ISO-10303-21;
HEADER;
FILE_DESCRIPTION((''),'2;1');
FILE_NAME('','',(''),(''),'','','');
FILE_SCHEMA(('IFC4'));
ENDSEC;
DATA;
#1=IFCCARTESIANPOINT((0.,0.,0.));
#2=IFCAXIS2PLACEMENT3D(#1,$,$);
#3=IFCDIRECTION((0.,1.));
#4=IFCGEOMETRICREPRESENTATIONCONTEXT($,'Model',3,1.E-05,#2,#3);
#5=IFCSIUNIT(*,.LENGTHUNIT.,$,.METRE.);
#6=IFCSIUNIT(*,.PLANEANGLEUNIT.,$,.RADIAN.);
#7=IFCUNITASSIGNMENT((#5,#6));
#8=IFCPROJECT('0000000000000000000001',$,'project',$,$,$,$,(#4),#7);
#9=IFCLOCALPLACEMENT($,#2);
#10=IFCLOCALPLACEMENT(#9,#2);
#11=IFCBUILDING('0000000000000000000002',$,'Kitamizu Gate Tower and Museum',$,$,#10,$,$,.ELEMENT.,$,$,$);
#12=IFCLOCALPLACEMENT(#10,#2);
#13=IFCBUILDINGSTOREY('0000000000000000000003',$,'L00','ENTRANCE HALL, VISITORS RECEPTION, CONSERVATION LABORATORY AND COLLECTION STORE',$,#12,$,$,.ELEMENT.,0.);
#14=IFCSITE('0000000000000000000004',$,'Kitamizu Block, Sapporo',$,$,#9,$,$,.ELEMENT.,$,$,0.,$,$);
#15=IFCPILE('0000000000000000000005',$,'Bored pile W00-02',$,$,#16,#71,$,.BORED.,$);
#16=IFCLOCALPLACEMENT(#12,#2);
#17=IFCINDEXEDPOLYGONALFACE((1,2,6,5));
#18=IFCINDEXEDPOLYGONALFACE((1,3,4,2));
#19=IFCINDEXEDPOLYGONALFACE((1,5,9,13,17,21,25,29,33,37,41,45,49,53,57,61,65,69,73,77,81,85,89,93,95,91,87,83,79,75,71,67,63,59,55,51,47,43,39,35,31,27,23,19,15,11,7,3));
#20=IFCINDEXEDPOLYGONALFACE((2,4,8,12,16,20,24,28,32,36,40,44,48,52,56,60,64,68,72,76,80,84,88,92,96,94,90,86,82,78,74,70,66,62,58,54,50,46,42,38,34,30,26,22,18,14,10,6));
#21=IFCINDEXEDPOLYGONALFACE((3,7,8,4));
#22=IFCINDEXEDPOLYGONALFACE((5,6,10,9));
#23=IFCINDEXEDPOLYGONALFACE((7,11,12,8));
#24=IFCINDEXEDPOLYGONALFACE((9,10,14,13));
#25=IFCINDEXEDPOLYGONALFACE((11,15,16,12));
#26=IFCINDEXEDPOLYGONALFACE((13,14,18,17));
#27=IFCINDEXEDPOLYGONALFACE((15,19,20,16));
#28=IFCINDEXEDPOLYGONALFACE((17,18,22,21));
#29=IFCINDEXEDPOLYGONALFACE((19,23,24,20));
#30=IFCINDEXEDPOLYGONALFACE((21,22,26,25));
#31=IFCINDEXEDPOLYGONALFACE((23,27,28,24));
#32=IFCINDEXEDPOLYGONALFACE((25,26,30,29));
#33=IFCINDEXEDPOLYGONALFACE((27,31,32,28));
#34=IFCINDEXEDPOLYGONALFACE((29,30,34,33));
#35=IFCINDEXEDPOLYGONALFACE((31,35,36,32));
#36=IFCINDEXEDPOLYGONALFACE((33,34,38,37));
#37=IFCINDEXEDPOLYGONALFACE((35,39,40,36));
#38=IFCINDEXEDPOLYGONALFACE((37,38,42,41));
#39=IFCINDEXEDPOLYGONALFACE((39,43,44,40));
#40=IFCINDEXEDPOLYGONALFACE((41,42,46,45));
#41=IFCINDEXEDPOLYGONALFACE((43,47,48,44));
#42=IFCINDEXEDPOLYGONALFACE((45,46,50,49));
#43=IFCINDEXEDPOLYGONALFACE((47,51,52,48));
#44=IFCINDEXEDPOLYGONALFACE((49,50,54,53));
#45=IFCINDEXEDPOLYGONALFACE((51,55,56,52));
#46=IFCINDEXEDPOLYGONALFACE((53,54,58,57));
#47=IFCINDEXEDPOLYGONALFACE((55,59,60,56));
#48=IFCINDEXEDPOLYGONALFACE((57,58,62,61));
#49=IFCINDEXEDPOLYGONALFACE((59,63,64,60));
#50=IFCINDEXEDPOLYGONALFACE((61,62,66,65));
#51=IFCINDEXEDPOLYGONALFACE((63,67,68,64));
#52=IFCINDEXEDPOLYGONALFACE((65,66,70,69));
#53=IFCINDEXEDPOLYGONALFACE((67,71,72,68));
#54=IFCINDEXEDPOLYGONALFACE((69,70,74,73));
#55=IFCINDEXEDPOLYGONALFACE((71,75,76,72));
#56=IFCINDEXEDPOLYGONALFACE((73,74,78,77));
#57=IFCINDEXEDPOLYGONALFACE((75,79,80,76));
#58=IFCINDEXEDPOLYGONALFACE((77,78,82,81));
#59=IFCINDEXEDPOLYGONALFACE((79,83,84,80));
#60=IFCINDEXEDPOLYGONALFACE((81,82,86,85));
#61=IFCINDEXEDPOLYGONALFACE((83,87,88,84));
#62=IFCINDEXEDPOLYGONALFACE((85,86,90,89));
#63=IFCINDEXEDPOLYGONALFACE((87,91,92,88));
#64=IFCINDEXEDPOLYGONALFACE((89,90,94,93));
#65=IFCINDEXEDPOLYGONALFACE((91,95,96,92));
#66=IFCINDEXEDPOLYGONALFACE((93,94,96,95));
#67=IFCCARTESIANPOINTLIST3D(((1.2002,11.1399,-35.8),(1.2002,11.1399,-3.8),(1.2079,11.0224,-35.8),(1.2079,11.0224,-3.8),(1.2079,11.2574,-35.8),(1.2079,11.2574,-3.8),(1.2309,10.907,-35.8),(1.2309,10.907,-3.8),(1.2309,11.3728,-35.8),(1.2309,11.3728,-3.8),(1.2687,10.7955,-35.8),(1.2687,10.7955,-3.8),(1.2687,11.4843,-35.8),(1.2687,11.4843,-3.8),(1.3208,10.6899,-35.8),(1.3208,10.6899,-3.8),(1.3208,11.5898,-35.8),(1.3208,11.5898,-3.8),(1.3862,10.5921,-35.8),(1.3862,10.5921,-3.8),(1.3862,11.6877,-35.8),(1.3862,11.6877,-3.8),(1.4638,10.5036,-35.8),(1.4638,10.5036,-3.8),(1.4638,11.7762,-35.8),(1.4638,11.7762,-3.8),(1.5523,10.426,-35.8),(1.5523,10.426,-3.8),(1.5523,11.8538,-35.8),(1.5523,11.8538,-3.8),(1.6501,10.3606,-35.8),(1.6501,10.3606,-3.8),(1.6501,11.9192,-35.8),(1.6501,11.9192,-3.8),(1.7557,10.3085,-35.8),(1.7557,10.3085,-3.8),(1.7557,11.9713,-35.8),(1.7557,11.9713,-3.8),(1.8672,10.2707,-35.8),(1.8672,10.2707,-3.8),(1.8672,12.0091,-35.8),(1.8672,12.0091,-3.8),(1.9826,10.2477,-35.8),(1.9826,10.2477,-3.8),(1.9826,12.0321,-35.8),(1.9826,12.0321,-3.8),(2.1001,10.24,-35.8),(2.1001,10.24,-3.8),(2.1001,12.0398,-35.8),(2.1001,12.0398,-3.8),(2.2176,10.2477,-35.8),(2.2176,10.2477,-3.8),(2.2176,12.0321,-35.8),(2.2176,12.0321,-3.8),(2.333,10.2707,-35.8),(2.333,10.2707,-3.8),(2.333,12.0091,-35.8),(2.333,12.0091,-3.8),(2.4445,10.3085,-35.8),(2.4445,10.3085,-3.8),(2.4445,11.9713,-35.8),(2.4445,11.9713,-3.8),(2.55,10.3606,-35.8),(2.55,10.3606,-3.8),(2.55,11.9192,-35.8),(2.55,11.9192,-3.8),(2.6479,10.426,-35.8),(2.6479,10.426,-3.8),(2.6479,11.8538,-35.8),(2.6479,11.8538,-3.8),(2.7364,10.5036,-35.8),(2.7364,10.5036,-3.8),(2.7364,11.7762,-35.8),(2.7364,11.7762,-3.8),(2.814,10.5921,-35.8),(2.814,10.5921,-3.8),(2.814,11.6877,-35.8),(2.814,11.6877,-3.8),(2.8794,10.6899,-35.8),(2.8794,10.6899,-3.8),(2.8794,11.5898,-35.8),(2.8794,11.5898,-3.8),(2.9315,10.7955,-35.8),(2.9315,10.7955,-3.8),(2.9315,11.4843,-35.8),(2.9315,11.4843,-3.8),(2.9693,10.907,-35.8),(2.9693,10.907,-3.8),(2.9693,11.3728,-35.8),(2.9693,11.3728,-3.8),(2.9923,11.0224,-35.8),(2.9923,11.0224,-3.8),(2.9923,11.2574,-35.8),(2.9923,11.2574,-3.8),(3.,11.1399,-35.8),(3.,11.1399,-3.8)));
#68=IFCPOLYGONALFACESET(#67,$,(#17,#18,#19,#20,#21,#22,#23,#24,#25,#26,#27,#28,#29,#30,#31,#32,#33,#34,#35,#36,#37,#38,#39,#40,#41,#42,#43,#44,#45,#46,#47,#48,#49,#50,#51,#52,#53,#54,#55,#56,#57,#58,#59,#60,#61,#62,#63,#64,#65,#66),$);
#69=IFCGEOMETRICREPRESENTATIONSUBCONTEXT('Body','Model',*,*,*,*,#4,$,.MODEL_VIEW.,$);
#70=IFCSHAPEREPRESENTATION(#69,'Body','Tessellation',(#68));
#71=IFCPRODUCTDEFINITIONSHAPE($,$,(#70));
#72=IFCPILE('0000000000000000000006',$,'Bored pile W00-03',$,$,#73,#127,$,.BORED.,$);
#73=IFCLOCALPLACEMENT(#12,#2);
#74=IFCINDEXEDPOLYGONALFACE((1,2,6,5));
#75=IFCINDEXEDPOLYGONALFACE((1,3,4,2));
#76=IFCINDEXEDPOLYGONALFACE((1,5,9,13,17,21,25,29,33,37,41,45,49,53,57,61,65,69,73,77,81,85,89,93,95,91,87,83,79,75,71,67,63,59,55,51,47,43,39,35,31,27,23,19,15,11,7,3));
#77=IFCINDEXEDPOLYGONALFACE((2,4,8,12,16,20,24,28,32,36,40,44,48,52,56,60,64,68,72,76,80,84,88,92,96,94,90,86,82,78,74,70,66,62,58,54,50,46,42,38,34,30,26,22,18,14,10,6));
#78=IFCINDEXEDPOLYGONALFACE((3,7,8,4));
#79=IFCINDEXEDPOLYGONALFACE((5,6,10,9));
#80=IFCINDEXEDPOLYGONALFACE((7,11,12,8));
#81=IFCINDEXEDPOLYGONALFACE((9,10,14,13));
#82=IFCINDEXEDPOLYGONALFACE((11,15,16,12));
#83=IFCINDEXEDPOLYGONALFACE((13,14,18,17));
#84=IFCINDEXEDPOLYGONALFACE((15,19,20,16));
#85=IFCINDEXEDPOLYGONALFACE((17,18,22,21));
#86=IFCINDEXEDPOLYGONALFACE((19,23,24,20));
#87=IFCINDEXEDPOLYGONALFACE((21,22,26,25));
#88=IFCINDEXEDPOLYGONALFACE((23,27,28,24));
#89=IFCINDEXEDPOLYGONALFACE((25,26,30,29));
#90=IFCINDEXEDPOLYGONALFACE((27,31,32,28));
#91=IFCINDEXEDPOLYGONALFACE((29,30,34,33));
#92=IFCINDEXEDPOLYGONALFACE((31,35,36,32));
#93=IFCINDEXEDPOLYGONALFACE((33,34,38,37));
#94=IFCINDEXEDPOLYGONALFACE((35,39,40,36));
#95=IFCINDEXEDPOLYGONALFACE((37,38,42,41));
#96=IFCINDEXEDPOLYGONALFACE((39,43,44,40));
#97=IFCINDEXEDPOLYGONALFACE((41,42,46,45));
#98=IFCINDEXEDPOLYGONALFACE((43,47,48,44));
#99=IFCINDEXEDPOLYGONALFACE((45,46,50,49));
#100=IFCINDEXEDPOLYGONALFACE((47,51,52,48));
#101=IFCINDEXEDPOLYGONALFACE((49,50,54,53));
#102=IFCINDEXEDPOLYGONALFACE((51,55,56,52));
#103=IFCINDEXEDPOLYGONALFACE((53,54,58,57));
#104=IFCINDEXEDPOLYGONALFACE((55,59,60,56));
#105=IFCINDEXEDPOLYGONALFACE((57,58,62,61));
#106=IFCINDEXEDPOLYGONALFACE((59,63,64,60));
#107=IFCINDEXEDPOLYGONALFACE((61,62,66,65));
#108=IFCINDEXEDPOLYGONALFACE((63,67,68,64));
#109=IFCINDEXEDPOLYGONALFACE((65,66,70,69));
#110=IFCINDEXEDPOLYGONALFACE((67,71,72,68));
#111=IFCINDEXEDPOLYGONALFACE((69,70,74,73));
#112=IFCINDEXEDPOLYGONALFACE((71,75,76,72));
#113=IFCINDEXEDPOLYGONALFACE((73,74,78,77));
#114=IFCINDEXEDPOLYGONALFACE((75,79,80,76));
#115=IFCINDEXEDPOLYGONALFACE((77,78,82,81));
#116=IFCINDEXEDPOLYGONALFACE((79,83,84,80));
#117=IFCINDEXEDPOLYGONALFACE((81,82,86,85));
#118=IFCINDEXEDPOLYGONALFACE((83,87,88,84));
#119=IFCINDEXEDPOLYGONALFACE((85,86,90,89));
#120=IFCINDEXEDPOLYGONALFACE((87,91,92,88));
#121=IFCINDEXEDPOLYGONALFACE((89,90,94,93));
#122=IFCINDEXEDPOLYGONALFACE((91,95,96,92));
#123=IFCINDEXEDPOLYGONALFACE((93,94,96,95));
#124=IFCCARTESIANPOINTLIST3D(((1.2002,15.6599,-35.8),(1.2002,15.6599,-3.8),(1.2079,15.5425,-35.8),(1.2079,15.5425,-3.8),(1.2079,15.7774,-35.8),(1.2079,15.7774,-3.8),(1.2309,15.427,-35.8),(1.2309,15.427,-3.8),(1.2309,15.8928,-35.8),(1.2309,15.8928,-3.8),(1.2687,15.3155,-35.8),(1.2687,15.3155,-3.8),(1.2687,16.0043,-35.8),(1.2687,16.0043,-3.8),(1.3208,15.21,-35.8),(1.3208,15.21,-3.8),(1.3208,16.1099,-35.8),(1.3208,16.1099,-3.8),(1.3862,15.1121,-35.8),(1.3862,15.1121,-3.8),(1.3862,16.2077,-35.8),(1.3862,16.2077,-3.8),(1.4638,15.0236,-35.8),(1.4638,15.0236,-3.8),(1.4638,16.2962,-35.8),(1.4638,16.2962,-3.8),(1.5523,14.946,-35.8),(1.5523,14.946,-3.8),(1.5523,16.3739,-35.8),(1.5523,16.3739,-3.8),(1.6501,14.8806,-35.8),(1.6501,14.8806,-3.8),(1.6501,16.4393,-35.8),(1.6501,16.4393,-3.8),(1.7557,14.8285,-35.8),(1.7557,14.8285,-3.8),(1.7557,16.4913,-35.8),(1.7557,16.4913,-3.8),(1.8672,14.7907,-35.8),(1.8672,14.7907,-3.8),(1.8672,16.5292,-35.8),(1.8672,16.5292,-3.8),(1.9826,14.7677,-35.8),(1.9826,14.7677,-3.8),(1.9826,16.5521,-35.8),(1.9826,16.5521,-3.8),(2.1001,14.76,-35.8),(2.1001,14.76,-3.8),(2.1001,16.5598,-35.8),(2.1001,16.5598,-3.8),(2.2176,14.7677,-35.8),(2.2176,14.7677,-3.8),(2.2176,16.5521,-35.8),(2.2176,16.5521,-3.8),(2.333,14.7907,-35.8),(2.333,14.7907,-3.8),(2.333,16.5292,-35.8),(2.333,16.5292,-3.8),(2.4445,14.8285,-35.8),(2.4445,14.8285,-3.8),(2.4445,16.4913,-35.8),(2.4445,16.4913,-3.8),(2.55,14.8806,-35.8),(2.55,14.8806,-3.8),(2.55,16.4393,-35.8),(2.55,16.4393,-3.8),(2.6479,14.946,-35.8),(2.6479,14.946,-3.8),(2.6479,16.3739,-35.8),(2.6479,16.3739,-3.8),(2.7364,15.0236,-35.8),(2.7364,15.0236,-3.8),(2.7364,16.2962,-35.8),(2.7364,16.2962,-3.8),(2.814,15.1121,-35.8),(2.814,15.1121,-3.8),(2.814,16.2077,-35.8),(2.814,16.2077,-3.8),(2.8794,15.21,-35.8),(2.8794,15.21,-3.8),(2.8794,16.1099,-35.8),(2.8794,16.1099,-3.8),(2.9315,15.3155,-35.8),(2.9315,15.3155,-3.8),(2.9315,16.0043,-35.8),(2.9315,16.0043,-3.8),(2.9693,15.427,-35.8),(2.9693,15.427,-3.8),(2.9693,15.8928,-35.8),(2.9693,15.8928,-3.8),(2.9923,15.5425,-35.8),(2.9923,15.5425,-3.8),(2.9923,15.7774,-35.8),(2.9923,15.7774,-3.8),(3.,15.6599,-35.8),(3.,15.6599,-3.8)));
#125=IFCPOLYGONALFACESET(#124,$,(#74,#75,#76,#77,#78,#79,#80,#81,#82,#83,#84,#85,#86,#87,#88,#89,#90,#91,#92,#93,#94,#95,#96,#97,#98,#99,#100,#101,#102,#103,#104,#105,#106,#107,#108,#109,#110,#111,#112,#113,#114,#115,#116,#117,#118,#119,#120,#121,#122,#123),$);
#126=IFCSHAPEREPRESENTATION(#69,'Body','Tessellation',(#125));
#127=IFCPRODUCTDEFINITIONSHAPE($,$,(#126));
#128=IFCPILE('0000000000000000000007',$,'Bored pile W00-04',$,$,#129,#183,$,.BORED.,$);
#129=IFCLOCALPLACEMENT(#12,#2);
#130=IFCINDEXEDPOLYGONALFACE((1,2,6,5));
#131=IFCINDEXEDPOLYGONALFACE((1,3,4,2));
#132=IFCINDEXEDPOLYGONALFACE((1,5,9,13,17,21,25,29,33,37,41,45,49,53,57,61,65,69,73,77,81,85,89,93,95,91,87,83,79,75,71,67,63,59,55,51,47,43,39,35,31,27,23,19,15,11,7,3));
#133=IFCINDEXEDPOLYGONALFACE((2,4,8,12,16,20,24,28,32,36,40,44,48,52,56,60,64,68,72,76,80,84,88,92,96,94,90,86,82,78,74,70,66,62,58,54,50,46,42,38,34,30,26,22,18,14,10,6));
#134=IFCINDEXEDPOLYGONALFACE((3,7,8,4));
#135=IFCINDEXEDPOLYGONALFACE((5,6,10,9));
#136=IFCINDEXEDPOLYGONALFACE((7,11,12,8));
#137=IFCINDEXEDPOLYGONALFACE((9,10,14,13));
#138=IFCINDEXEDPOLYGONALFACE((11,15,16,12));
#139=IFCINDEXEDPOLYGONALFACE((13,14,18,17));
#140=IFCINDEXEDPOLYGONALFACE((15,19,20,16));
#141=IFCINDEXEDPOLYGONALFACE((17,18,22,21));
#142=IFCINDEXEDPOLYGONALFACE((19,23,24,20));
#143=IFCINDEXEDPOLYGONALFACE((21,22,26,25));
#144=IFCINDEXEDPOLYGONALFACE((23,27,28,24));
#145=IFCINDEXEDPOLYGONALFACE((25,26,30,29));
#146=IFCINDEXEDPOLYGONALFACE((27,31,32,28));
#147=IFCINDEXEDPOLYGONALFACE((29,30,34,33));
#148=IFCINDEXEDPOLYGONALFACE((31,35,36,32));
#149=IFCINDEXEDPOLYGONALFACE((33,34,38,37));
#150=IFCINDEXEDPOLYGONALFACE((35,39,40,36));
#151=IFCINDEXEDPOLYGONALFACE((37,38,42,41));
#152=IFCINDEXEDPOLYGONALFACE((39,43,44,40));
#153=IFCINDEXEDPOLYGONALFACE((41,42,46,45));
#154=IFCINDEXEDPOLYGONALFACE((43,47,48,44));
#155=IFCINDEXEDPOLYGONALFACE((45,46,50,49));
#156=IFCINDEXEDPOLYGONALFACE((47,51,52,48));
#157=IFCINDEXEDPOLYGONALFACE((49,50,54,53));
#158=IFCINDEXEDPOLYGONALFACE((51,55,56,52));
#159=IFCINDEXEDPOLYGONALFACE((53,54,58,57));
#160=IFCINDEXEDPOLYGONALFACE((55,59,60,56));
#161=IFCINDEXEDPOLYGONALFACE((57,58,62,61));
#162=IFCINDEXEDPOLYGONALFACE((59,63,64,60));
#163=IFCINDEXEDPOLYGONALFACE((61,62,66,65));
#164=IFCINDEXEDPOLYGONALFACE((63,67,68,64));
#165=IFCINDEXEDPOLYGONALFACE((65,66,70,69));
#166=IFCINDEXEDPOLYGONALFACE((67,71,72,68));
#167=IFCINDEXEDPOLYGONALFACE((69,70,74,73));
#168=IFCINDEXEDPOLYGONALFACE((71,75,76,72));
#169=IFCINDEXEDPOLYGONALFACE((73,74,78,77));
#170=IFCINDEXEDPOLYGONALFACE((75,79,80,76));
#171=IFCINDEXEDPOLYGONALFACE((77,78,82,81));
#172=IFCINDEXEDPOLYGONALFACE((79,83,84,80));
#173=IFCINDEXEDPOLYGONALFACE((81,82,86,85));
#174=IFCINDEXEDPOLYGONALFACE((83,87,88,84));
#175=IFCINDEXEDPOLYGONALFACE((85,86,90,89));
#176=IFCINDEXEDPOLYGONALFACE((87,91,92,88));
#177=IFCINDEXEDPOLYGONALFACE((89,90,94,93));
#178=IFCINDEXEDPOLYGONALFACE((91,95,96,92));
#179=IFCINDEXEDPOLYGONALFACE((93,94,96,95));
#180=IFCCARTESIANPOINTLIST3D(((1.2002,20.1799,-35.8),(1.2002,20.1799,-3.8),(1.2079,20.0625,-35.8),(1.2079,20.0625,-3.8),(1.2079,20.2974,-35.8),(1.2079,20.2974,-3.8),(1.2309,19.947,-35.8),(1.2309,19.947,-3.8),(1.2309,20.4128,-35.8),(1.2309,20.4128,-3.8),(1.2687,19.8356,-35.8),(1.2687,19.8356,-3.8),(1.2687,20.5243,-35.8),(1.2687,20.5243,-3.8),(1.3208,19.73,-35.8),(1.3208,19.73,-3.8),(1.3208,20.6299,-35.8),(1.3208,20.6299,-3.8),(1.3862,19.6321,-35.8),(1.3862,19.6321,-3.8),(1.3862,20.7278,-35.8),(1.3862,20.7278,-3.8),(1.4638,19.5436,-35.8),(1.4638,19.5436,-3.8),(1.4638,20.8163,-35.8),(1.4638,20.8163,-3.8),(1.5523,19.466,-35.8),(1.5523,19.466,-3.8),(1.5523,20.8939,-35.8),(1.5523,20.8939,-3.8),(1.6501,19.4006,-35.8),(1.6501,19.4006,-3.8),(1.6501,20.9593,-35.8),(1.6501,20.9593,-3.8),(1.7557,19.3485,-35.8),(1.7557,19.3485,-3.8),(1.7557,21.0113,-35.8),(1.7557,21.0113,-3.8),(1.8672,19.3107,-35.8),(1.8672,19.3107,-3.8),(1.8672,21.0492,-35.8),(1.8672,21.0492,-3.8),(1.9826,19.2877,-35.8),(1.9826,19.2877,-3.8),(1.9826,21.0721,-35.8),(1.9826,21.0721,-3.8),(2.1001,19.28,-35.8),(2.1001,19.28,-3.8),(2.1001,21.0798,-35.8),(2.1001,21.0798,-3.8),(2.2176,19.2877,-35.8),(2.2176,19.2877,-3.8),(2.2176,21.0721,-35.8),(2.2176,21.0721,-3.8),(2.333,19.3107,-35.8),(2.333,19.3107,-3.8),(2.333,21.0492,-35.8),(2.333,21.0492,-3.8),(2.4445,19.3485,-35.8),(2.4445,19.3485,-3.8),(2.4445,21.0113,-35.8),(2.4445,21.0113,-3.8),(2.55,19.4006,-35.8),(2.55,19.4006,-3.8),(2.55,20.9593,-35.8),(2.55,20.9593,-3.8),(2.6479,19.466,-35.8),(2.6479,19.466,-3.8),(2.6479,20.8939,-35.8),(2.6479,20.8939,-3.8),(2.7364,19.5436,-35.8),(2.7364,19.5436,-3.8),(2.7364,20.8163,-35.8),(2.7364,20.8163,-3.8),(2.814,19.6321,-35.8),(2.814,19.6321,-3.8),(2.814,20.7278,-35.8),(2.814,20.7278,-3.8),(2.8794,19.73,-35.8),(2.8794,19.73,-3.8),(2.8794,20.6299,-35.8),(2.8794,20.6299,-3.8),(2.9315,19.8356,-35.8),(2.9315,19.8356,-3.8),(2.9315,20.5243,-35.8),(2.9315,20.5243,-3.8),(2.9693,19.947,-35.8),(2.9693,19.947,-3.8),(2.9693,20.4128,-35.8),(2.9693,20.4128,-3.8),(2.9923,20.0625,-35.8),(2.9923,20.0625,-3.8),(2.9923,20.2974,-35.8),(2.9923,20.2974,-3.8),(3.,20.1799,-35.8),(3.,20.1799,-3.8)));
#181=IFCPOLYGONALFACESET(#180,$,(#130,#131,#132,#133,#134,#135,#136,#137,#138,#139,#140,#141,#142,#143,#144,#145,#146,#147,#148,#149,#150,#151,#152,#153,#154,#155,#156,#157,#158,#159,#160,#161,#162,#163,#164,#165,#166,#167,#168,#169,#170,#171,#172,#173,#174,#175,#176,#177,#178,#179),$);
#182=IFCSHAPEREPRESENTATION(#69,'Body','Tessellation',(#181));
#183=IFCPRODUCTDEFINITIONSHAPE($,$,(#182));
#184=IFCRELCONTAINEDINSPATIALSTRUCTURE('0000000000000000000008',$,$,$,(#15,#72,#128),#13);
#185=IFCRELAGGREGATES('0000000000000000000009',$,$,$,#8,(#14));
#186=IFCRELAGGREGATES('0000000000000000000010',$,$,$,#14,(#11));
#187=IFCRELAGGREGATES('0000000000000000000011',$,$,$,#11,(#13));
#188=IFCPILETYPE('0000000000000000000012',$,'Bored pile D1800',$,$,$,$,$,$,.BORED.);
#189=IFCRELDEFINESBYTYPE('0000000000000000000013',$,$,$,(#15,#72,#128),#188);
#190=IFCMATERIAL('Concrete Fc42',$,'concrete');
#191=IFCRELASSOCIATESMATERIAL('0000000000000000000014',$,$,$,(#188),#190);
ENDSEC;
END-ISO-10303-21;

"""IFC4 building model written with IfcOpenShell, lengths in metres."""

from ifc_helpers import new_model, si_unit, direction, frame, origin, origin_2d, place, context, subcontext, project, spatial, circle, extrude, material, material_profile, profile_set, type_object, element, save


model = new_model("IFC4")

# Units and contexts
model_context = context("Model", 3, precision=1e-05, world=origin(), true_north=direction((0.0, 1.0)))
body_context = subcontext(model_context, "Body", "Model", "MODEL_VIEW")
ifc_project = project(units=[si_unit("LENGTHUNIT", "METRE"), si_unit("PLANEANGLEUNIT", "RADIAN")], contexts=[model_context])

# Site, building, storey
site_placement = place(None, origin())
site = spatial("IfcSite", under=ifc_project, at=site_placement, Name="Kitamizu Block, Sapporo", CompositionType="ELEMENT", RefElevation=0.0)
building_placement = place(site_placement, origin())
building = spatial("IfcBuilding", under=site, at=building_placement, Name="Kitamizu Gate Tower and Museum", CompositionType="ELEMENT")
storey_placement = place(building_placement, origin())
storey = spatial("IfcBuildingStorey", under=building, at=storey_placement, Name="L00", Description="ENTRANCE HALL, VISITORS RECEPTION, CONSERVATION LABORATORY AND COLLECTION STORE", CompositionType="ELEMENT", Elevation=0.0)

# Piles
ifc_material_1 = material(Name="Concrete Fc42", Category="concrete")
ifc_material_profile_1 = material_profile(ifc_material_1, circle(Radius=0.8999, at=origin_2d()), Name="Bored pile D1800")
ifc_profile_set_1 = profile_set([ifc_material_profile_1], Name="Concrete Fc42")
pile_type_1 = type_object("IfcPileType", Name="Bored pile D1800", PredefinedType="BORED", material=ifc_profile_set_1)
for number, where, z_axis, x_axis, name in (
    (1, (2.1001, 11.1399, -3.8), (0.0, 0.0, -1.0), (1.0, 0.0, 0.0), "Bored pile W00-02"),
    (2, (2.1001, 15.6599, -3.8), (0.0, 0.0, -1.0), (1.0, 0.0, 0.0), "Bored pile W00-03"),
    (3, (2.1001, 20.1799, -3.8), (0.0, 0.0, -1.0), (1.0, 0.0, 0.0), "Bored pile W00-04"),
):
    element("IfcPile", number, at=place(storey_placement, frame(where, z_axis=z_axis, x_axis=x_axis)), inside=storey, type_object=pile_type_1, Name=name, PredefinedType="BORED", context=body_context, shape_type="SweptSolid", body=[
        extrude(circle(Radius=0.8999, at=origin_2d()), origin(), (0.0, 0.0, 1.0), 32.0),
    ])

save(model, "model.ifc")
